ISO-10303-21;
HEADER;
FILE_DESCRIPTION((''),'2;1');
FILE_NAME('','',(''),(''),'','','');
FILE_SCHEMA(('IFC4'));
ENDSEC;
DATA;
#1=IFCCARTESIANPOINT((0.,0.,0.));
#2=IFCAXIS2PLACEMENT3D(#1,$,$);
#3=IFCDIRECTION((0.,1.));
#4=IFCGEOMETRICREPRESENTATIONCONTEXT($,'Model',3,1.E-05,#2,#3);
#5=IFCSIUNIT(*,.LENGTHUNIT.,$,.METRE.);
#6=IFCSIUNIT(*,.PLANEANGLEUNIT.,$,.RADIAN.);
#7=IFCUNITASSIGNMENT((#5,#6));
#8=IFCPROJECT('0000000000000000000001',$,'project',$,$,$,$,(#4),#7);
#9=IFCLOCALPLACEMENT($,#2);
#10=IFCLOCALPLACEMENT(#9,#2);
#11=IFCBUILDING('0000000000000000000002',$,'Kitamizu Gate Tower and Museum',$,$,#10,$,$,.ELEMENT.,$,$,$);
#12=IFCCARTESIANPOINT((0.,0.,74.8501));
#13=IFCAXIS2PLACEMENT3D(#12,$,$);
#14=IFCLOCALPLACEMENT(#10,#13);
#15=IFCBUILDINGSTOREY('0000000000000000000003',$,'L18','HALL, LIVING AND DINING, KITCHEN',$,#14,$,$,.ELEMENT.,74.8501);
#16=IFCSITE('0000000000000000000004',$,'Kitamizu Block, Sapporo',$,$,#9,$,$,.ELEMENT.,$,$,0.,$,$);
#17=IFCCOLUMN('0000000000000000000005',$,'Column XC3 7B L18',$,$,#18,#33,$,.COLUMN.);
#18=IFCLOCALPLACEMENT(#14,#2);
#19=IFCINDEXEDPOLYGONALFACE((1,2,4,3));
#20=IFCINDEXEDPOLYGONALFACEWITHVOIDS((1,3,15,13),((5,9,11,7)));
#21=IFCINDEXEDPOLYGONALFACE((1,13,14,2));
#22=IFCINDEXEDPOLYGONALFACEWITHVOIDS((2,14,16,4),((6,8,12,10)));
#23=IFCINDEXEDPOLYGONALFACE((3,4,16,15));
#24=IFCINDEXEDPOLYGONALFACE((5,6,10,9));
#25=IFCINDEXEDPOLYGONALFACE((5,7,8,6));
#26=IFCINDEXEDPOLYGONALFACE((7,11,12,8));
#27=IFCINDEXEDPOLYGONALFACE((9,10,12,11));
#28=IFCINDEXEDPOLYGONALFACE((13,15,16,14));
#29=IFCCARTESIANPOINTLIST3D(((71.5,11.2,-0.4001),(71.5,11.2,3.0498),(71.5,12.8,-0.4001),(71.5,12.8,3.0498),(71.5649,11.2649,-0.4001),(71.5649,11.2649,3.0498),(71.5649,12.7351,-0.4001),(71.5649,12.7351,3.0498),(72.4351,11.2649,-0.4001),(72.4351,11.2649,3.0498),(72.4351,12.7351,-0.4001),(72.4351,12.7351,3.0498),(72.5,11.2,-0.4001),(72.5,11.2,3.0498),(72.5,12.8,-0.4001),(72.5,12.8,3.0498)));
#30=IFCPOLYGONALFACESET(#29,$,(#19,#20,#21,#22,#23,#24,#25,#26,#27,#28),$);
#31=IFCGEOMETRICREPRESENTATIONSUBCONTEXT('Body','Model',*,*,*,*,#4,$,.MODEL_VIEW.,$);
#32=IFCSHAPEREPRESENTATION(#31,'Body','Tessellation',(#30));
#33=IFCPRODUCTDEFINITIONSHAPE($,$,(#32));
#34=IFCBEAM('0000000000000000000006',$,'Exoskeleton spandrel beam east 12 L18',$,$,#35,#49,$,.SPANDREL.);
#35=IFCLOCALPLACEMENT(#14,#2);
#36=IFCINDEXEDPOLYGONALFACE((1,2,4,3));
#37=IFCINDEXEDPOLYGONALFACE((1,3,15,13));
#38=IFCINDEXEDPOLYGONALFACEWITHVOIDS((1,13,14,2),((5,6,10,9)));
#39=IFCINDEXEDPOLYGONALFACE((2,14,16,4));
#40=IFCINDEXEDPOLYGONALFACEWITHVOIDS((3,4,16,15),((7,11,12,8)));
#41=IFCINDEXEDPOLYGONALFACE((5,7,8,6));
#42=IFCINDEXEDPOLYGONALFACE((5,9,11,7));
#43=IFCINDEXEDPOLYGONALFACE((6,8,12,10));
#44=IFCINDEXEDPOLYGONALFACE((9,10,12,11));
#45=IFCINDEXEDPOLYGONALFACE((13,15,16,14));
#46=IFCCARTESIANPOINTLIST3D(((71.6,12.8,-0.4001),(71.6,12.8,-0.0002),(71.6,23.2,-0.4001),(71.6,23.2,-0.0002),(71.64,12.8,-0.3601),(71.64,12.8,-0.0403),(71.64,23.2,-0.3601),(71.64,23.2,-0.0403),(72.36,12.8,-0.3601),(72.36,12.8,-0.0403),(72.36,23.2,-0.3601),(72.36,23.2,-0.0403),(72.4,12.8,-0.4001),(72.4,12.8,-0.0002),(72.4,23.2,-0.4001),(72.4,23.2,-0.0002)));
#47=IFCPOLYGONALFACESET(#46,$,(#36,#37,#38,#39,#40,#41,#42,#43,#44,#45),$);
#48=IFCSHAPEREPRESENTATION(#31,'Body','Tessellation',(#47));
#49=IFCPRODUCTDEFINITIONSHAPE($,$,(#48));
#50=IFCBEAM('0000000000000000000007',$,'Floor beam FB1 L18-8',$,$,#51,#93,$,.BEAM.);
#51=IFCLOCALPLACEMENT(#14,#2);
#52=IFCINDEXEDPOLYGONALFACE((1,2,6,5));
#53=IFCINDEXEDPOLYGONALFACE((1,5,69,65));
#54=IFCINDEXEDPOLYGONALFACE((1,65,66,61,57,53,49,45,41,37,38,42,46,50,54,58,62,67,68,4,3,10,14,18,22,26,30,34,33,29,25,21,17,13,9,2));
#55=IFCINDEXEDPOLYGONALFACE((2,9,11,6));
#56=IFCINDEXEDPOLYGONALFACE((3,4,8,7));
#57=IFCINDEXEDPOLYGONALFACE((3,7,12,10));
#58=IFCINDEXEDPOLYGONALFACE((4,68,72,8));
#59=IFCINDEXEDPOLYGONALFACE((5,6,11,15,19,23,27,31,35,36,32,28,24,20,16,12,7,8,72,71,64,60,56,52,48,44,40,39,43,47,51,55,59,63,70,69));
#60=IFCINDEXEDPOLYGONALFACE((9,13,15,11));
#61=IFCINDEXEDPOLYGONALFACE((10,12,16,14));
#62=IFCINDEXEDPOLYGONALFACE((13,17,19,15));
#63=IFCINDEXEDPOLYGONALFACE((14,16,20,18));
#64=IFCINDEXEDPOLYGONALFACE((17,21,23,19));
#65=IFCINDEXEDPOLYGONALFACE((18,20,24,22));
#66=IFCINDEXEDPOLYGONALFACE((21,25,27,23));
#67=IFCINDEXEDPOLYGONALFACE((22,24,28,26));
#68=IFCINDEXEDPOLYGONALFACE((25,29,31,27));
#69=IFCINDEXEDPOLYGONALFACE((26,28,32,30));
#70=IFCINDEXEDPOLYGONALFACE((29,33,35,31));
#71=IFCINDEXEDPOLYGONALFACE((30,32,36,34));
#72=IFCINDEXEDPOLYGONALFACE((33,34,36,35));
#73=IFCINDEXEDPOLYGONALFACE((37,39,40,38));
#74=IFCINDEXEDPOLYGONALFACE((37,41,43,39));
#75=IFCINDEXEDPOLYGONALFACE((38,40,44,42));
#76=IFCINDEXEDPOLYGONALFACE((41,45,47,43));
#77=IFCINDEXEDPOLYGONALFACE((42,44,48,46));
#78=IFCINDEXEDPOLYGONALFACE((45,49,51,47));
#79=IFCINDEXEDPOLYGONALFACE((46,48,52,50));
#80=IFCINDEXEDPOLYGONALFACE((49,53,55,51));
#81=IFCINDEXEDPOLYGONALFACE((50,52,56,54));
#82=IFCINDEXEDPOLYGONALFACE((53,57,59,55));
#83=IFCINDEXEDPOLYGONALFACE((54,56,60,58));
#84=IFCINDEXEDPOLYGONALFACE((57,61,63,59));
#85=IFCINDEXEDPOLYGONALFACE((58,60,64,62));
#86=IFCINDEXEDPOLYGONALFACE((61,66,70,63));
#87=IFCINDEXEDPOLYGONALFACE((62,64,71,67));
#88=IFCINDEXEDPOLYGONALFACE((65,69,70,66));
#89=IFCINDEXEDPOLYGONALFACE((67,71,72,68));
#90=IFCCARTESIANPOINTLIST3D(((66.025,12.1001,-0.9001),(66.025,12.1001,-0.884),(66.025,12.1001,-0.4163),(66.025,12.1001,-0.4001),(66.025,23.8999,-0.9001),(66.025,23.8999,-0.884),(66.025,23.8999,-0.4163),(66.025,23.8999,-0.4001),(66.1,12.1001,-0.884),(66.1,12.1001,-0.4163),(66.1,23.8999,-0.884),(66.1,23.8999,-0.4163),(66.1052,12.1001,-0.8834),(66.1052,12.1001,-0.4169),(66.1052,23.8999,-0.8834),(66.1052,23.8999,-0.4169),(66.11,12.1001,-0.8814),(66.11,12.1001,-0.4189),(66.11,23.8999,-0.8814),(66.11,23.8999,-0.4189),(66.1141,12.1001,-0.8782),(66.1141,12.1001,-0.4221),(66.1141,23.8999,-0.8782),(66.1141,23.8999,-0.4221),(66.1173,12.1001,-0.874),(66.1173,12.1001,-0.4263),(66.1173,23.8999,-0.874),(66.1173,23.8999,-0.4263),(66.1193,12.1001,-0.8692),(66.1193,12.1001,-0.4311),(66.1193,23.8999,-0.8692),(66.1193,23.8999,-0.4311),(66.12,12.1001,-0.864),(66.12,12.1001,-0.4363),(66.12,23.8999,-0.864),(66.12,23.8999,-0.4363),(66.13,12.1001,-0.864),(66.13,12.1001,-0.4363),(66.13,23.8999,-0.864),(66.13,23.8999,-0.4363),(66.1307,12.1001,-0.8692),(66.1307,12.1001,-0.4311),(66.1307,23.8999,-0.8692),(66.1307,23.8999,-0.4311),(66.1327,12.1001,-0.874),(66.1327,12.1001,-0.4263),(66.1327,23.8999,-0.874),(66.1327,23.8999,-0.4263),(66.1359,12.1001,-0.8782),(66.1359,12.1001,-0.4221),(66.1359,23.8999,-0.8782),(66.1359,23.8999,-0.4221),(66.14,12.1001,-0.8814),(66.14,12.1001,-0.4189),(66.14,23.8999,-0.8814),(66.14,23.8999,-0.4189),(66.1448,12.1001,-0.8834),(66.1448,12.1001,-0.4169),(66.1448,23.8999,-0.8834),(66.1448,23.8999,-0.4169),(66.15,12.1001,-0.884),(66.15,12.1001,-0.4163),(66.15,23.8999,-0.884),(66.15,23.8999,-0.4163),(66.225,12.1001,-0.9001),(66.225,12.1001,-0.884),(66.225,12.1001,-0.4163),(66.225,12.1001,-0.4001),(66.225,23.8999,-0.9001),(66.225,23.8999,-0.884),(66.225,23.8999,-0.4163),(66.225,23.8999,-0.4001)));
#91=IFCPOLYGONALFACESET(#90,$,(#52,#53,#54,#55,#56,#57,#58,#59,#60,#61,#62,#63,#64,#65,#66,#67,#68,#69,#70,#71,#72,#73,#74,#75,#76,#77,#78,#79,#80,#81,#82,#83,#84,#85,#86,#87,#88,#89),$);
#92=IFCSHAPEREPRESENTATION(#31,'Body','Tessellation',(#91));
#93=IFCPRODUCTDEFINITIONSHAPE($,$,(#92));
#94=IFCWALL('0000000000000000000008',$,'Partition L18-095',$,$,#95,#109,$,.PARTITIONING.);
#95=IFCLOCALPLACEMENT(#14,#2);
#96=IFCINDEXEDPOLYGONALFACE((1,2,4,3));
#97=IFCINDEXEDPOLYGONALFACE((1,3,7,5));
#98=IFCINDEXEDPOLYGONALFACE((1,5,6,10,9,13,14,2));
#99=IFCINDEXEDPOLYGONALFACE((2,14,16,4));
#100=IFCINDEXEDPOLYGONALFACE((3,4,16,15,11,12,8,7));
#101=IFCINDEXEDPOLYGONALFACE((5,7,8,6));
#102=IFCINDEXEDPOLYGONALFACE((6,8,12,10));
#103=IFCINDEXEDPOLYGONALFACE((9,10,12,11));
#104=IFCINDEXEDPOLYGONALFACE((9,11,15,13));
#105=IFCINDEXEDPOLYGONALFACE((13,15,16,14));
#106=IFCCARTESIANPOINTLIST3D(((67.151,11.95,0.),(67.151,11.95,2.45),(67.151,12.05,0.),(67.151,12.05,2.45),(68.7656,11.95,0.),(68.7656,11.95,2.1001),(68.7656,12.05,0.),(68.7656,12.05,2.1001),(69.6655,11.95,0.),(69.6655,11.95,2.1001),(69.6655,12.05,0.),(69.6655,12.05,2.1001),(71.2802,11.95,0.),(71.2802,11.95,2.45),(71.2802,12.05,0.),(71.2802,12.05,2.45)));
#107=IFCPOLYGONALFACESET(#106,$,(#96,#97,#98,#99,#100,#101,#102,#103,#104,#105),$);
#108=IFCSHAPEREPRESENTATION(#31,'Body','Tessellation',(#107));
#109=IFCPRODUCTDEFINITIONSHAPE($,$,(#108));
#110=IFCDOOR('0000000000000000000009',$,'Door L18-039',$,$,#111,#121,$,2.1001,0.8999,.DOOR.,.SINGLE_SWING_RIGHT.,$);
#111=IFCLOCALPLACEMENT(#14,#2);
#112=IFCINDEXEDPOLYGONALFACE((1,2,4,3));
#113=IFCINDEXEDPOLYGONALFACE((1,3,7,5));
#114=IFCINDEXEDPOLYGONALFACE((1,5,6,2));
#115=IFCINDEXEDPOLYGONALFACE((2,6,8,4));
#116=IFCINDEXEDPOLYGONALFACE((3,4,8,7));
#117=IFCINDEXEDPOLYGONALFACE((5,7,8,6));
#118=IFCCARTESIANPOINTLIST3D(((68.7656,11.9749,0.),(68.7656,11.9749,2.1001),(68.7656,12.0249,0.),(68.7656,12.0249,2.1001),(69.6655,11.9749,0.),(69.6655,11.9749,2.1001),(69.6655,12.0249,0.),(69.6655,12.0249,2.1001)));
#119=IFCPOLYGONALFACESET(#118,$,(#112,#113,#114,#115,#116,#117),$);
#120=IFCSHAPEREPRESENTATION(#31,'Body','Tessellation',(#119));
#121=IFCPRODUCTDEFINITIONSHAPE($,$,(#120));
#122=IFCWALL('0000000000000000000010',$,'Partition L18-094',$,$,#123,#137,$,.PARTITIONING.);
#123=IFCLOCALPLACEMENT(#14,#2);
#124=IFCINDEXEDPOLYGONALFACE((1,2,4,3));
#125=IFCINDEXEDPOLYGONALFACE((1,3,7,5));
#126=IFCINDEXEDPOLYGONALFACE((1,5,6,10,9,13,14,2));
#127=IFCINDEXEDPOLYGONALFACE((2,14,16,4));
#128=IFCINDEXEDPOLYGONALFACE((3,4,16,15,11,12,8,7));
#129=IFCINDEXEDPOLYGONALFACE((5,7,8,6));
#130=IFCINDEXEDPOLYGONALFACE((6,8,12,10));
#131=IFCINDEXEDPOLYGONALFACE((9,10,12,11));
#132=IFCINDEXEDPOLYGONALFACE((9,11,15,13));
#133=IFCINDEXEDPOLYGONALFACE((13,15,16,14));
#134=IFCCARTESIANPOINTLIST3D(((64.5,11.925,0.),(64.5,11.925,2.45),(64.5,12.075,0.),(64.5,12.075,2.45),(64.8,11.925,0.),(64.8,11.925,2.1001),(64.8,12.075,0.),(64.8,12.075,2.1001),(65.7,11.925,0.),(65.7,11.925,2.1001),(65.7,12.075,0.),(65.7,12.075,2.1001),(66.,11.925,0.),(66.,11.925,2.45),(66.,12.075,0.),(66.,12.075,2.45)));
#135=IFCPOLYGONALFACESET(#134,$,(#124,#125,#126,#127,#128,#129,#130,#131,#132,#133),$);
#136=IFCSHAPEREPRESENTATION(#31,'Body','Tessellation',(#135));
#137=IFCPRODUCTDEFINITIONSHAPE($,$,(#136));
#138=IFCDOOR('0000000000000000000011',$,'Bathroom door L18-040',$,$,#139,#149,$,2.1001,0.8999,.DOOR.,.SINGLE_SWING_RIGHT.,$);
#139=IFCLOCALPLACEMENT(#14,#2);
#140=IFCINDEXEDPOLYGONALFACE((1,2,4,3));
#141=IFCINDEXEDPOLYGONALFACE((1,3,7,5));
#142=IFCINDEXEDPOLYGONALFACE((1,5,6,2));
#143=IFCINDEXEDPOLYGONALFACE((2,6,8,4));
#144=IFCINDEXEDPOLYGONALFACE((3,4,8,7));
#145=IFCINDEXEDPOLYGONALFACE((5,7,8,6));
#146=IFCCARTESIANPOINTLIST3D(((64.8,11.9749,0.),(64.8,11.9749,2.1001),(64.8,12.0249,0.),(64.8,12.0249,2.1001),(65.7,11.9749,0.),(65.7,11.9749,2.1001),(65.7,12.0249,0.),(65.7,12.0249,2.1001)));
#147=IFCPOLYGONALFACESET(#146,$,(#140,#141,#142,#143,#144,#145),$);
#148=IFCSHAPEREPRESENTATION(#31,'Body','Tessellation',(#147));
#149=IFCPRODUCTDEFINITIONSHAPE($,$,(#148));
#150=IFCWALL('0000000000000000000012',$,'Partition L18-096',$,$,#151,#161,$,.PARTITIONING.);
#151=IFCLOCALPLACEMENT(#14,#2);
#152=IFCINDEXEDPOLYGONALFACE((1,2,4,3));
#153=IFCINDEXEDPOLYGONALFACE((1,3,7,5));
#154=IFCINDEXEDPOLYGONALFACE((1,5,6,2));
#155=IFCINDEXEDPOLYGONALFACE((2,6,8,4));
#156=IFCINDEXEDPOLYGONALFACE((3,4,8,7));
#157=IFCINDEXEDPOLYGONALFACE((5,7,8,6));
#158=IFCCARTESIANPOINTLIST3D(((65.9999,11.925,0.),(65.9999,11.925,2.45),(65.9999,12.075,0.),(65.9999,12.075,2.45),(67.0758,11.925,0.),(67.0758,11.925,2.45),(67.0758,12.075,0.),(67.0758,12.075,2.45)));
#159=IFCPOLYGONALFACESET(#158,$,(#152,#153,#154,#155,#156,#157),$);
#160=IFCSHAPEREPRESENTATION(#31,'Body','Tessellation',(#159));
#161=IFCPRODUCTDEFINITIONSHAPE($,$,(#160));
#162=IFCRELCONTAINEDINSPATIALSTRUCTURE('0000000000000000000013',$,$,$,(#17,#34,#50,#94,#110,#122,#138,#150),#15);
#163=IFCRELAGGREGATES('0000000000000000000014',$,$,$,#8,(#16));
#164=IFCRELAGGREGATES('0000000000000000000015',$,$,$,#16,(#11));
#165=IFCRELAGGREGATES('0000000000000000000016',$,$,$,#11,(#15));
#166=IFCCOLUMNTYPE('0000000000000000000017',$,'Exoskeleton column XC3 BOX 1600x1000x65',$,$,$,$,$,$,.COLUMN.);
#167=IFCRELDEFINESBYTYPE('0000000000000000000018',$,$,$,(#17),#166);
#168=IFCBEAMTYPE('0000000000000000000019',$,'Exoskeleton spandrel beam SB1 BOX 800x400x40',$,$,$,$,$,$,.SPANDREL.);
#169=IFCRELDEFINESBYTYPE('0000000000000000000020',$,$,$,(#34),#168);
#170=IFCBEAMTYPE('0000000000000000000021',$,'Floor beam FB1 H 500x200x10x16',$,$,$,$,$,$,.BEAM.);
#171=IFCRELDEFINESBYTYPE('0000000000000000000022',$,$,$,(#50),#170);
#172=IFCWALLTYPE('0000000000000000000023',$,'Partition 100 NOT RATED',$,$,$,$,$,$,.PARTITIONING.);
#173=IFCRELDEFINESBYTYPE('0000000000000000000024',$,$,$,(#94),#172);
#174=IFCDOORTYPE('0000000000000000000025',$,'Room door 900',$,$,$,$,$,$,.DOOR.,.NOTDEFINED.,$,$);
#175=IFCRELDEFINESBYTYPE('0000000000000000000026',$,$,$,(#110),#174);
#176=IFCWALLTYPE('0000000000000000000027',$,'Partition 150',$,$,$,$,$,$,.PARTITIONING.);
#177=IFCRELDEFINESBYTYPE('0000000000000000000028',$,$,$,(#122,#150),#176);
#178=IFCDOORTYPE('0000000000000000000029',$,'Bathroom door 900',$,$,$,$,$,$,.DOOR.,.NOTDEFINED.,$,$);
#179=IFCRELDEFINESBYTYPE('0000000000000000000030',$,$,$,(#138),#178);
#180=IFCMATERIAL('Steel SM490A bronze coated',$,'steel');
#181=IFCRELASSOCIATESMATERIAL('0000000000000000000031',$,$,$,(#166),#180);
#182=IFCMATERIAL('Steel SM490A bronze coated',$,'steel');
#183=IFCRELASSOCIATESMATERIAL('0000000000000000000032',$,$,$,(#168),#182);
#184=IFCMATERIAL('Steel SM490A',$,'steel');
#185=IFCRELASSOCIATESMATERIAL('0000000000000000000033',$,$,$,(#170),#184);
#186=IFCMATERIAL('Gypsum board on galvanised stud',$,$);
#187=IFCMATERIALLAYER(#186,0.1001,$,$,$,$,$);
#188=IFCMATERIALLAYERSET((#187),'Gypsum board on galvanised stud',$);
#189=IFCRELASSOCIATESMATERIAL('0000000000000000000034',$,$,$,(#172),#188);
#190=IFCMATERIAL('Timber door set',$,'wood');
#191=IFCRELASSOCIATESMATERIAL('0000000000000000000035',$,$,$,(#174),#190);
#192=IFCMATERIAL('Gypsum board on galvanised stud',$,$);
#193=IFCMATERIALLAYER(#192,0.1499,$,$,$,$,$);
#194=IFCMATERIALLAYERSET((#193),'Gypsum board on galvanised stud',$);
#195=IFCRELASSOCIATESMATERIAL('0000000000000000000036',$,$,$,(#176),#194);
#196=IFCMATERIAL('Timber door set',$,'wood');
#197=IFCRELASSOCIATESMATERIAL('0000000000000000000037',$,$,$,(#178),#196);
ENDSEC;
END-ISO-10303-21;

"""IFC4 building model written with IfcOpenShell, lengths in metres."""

from ifc_helpers import new_model, si_unit, direction, frame, frame_2d, origin, origin_2d, place, context, subcontext, project, spatial, rectangle, hollow_rectangle, i_section, extrude, material, layer, layer_set, material_profile, profile_set, type_object, element, fill, save


model = new_model("IFC4")

# Units and contexts
model_context = context("Model", 3, precision=1e-05, world=origin(), true_north=direction((0.0, 1.0)))
body_context = subcontext(model_context, "Body", "Model", "MODEL_VIEW")
ifc_project = project(units=[si_unit("LENGTHUNIT", "METRE"), si_unit("PLANEANGLEUNIT", "RADIAN")], contexts=[model_context])

# Site, building, storey
site_placement = place(None, origin())
site = spatial("IfcSite", under=ifc_project, at=site_placement, Name="Kitamizu Block, Sapporo", CompositionType="ELEMENT", RefElevation=0.0)
building_placement = place(site_placement, origin())
building = spatial("IfcBuilding", under=site, at=building_placement, Name="Kitamizu Gate Tower and Museum", CompositionType="ELEMENT")
storey_placement = place(building_placement, frame((0.0, 0.0, 74.8501)))
storey = spatial("IfcBuildingStorey", under=building, at=storey_placement, Name="L18", Description="HALL, LIVING AND DINING, KITCHEN", CompositionType="ELEMENT", Elevation=74.8501)

# Column
ifc_material_1 = material(Name="Steel SM490A bronze coated", Category="steel")
ifc_material_profile_1 = material_profile(ifc_material_1, hollow_rectangle(XDim=1.6001, YDim=1.0, WallThickness=0.0649, at=origin_2d()), Name="BOX 1600x1000x65")
ifc_profile_set_1 = profile_set([ifc_material_profile_1], Name="Steel SM490A bronze coated")
column_type = type_object("IfcColumnType", Name="Exoskeleton column XC3 BOX 1600x1000x65", PredefinedType="COLUMN", material=ifc_profile_set_1)
column_placement = place(storey_placement, frame((72.0, 12.0, -0.4001), z_axis=(0.0, 0.0, 1.0), x_axis=(0.0, 1.0, 0.0)))
element("IfcColumn", 1, at=column_placement, inside=storey, type_object=column_type, Name="Column XC3 7B L18", PredefinedType="COLUMN", context=body_context, shape_type="SweptSolid", body=[
    extrude(hollow_rectangle(XDim=1.6001, YDim=1.0, WallThickness=0.0649, at=origin_2d()), origin(), (0.0, 0.0, 1.0), 3.45),
])

# Beams
ifc_material_2 = material(Name="Steel SM490A bronze coated", Category="steel")
ifc_material_profile_2 = material_profile(ifc_material_2, hollow_rectangle(XDim=0.8, YDim=0.3999, WallThickness=0.04, at=origin_2d()), Name="BOX 800x400x40")
ifc_profile_set_2 = profile_set([ifc_material_profile_2], Name="Steel SM490A bronze coated")
beam_type_1 = type_object("IfcBeamType", Name="Exoskeleton spandrel beam SB1 BOX 800x400x40", PredefinedType="SPANDREL", material=ifc_profile_set_2)
beam_1_placement = place(storey_placement, frame((72.0, 12.8, -0.2002), z_axis=(0.0, 1.0, 0.0), x_axis=(-1.0, 0.0, 0.0)))
element("IfcBeam", 2, at=beam_1_placement, inside=storey, type_object=beam_type_1, Name="Exoskeleton spandrel beam east 12 L18", PredefinedType="SPANDREL", context=body_context, shape_type="SweptSolid", body=[
    extrude(hollow_rectangle(XDim=0.8, YDim=0.3999, WallThickness=0.04, at=origin_2d()), origin(), (0.0, 0.0, 1.0), 10.3999),
])
ifc_material_3 = material(Name="Steel SM490A", Category="steel")
ifc_material_profile_3 = material_profile(ifc_material_3, i_section(OverallWidth=0.2, OverallDepth=0.5, WebThickness=0.01, FlangeThickness=0.0161, FilletRadius=0.02, at=origin_2d()), Name="H-500x200x10x16")
ifc_profile_set_3 = profile_set([ifc_material_profile_3], Name="Steel SM490A")
beam_type_2 = type_object("IfcBeamType", Name="Floor beam FB1 H 500x200x10x16", PredefinedType="BEAM", material=ifc_profile_set_3)
beam_2_placement = place(storey_placement, frame((66.125, 12.1001, -0.6501), z_axis=(0.0, 1.0, 0.0), x_axis=(-1.0, 0.0, 0.0)))
element("IfcBeam", 3, at=beam_2_placement, inside=storey, type_object=beam_type_2, Name="Floor beam FB1 L18-8", PredefinedType="BEAM", context=body_context, shape_type="SweptSolid", body=[
    extrude(i_section(OverallWidth=0.2, OverallDepth=0.5, WebThickness=0.01, FlangeThickness=0.0161, FilletRadius=0.02, at=origin_2d()), origin(), (0.0, 0.0, 1.0), 11.7998),
])

# Walls, openings, doors
ifc_material_4 = material(Name="Gypsum board on galvanised stud")
ifc_layer_1 = layer(ifc_material_4, 0.1001)
ifc_layer_set_1 = layer_set([ifc_layer_1], Name="Gypsum board on galvanised stud")
wall_type_1 = type_object("IfcWallType", Name="Partition 100 NOT RATED", PredefinedType="PARTITIONING", material=ifc_layer_set_1)
wall_1_placement = place(storey_placement, frame((71.28, 12.0, 0.0), z_axis=(0.0, 0.0, 1.0), x_axis=(-1.0, 0.0, 0.0)))
wall_1 = element("IfcWall", 4, at=wall_1_placement, inside=storey, type_object=wall_type_1, Name="Partition L18-095", PredefinedType="PARTITIONING", context=body_context, shape_type="SweptSolid", body=[
    extrude(rectangle(XDim=4.1292, YDim=0.1001, at=frame_2d((2.0645, 0.0))), origin(), (0.0, 0.0, 1.0), 2.45),
])
opening_1_placement = place(wall_1_placement, frame((1.6145, 0.0, 0.0)))
opening_1 = element("IfcOpeningElement", 5, at=opening_1_placement, cuts=wall_1, PredefinedType="OPENING", context=body_context, shape_type="SweptSolid", body=[
    extrude(rectangle(XDim=0.8999, YDim=2.1001, at=frame_2d((0.45, 1.05))), frame((0.0, 0.0601, 0.0), z_axis=(0.0, -1.0, 0.0), x_axis=(1.0, 0.0, 0.0)), (0.0, 0.0, 1.0), 0.1201),
])
ifc_material_5 = material(Name="Timber door set", Category="wood")
door_type_1 = type_object("IfcDoorType", Name="Room door 900", OperationType="NOTDEFINED", PredefinedType="DOOR", material=ifc_material_5)
door_1_placement = place(opening_1_placement, frame((0.8999, 0.0, 0.0), x_axis=(-1.0, 0.0, 0.0)))
door_1 = element("IfcDoor", 6, at=door_1_placement, inside=storey, type_object=door_type_1, Name="Door L18-039", OperationType="SINGLE_SWING_RIGHT", OverallHeight=2.1001, OverallWidth=0.8999, PredefinedType="DOOR", context=body_context, shape_type="SweptSolid", body=[
    extrude(rectangle(XDim=0.8999, YDim=2.1001, at=frame_2d((0.45, 1.05))), frame((0.0, 0.0249, 0.0), z_axis=(0.0, -1.0, 0.0), x_axis=(1.0, 0.0, 0.0)), (0.0, 0.0, 1.0), 0.05),
])
fill(opening_1, door_1)
ifc_material_6 = material(Name="Gypsum board on galvanised stud")
ifc_layer_2 = layer(ifc_material_6, 0.1499)
ifc_layer_set_2 = layer_set([ifc_layer_2], Name="Gypsum board on galvanised stud")
wall_type_2 = type_object("IfcWallType", Name="Partition 150", PredefinedType="PARTITIONING", material=ifc_layer_set_2)
wall_2_placement = place(storey_placement, frame((66.0, 12.0, 0.0), z_axis=(0.0, 0.0, 1.0), x_axis=(-1.0, 0.0, 0.0)))
wall_2 = element("IfcWall", 7, at=wall_2_placement, inside=storey, type_object=wall_type_2, Name="Partition L18-094", PredefinedType="PARTITIONING", context=body_context, shape_type="SweptSolid", body=[
    extrude(rectangle(XDim=1.5, YDim=0.1499, at=frame_2d((0.75, 0.0))), origin(), (0.0, 0.0, 1.0), 2.45),
])
opening_2_placement = place(wall_2_placement, frame((0.3, 0.0, 0.0)))
opening_2 = element("IfcOpeningElement", 8, at=opening_2_placement, cuts=wall_2, PredefinedType="OPENING", context=body_context, shape_type="SweptSolid", body=[
    extrude(rectangle(XDim=0.8999, YDim=2.1001, at=frame_2d((0.45, 1.05))), frame((0.0, 0.085, 0.0), z_axis=(0.0, -1.0, 0.0), x_axis=(1.0, 0.0, 0.0)), (0.0, 0.0, 1.0), 0.1699),
])
ifc_material_7 = material(Name="Timber door set", Category="wood")
door_type_2 = type_object("IfcDoorType", Name="Bathroom door 900", OperationType="NOTDEFINED", PredefinedType="DOOR", material=ifc_material_7)
door_2_placement = place(opening_2_placement, frame((0.8999, 0.0, 0.0), x_axis=(-1.0, 0.0, 0.0)))
door_2 = element("IfcDoor", 9, at=door_2_placement, inside=storey, type_object=door_type_2, Name="Bathroom door L18-040", OperationType="SINGLE_SWING_RIGHT", OverallHeight=2.1001, OverallWidth=0.8999, PredefinedType="DOOR", context=body_context, shape_type="SweptSolid", body=[
    extrude(rectangle(XDim=0.8999, YDim=2.1001, at=frame_2d((0.45, 1.05))), frame((0.0, 0.0249, 0.0), z_axis=(0.0, -1.0, 0.0), x_axis=(1.0, 0.0, 0.0)), (0.0, 0.0, 1.0), 0.05),
])
fill(opening_2, door_2)

# Wall
wall_3_placement = place(storey_placement, frame((67.0759, 12.0, 0.0), z_axis=(0.0, 0.0, 1.0), x_axis=(-1.0, 0.0, 0.0)))
element("IfcWall", 10, at=wall_3_placement, inside=storey, type_object=wall_type_2, Name="Partition L18-096", PredefinedType="PARTITIONING", context=body_context, shape_type="SweptSolid", body=[
    extrude(rectangle(XDim=1.0759, YDim=0.1499, at=frame_2d((0.5381, 0.0))), origin(), (0.0, 0.0, 1.0), 2.45),
])

save(model, "model.ifc")
